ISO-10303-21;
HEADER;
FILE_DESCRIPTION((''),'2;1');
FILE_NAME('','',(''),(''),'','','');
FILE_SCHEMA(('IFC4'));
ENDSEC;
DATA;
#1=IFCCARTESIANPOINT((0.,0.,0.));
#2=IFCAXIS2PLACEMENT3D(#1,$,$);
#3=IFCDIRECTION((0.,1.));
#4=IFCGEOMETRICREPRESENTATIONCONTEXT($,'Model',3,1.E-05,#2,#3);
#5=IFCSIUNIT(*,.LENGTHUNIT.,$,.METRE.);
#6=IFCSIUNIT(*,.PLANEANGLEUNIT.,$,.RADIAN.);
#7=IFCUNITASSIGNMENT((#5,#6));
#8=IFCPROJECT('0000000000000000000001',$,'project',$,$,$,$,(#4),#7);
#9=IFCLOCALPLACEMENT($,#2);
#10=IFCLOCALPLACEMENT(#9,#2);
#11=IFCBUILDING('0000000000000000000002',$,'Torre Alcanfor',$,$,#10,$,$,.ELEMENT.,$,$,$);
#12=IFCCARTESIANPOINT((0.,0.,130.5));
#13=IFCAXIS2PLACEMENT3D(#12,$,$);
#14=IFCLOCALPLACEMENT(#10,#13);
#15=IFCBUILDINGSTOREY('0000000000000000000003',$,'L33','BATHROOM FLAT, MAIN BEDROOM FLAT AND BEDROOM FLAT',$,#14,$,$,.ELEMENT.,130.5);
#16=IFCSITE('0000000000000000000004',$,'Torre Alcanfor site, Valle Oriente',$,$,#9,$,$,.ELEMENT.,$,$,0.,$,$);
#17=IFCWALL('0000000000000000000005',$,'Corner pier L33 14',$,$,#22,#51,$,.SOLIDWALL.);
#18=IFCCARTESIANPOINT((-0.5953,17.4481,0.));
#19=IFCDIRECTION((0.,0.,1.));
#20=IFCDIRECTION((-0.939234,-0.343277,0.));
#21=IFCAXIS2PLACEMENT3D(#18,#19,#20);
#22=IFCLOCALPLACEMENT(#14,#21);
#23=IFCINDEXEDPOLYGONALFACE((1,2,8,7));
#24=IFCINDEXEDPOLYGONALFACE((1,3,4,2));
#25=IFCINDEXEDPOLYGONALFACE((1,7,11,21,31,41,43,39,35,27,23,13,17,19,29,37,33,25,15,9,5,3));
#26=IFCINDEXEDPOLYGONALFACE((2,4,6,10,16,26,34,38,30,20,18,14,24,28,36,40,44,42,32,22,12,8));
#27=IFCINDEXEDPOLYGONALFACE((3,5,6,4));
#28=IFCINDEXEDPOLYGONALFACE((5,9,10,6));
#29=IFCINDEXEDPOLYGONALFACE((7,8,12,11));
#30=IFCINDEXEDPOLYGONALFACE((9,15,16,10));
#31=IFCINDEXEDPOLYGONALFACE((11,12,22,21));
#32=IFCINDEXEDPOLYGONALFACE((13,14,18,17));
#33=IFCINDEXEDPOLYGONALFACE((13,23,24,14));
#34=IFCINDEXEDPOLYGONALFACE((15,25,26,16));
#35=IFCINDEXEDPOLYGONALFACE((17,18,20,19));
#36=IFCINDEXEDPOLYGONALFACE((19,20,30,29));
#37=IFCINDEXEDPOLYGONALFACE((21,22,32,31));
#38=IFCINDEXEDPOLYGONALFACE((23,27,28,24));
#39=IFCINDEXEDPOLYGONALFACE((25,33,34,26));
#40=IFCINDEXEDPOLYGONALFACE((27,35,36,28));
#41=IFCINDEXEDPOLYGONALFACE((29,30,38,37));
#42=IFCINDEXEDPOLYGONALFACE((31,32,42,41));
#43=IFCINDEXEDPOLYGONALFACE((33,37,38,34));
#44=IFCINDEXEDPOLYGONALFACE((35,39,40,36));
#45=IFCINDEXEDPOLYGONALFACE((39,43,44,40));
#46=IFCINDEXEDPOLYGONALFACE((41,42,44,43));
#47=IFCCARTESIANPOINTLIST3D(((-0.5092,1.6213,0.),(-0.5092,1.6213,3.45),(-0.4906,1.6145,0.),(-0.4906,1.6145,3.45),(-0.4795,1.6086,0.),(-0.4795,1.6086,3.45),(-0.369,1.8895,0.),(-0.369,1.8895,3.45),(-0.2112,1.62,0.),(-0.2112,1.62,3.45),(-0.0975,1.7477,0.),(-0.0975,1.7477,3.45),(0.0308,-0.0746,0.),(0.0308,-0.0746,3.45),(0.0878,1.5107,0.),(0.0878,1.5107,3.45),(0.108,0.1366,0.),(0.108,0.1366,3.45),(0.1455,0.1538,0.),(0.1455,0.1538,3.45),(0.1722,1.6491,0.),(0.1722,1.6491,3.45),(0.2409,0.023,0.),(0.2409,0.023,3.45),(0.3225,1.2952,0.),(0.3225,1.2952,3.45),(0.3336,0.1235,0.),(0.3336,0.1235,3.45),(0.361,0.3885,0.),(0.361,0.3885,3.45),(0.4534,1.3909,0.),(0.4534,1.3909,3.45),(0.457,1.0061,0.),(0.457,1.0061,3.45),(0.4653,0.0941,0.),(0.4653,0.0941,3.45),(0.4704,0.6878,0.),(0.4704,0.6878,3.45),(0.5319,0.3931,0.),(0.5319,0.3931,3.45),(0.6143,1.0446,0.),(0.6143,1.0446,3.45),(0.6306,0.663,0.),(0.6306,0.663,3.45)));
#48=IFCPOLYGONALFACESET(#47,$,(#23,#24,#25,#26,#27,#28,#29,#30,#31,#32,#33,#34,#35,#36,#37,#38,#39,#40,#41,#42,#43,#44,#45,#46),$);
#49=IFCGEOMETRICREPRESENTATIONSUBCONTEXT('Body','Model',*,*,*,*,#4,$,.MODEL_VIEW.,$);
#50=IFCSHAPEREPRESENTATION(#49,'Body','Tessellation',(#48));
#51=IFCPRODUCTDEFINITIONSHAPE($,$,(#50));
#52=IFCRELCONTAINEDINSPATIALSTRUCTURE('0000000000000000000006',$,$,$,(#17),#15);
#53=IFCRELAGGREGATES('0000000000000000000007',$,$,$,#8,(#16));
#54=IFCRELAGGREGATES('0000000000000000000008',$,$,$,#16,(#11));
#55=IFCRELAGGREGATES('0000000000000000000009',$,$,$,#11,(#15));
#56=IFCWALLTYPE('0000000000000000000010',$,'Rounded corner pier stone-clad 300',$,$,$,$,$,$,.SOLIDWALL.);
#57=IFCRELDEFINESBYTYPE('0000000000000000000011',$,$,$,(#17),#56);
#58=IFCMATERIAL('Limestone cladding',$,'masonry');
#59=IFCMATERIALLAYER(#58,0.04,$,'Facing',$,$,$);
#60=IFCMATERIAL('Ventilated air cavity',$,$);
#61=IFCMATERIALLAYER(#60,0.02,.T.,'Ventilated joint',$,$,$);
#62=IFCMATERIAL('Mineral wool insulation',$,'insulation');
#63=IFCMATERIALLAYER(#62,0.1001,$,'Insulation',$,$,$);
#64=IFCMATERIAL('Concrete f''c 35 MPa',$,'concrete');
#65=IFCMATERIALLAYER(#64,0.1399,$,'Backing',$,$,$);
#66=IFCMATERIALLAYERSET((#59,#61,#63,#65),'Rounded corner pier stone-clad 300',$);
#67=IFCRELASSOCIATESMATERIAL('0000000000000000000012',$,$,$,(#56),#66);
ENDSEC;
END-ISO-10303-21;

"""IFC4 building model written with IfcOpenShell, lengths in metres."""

from ifc_helpers import new_model, si_unit, direction, frame, origin, place, context, subcontext, project, spatial, polyline, outline, extrude, material, layer, layer_set, type_object, element, save


model = new_model("IFC4")

# Units and contexts
model_context = context("Model", 3, precision=1e-05, world=origin(), true_north=direction((0.0, 1.0)))
body_context = subcontext(model_context, "Body", "Model", "MODEL_VIEW")
ifc_project = project(units=[si_unit("LENGTHUNIT", "METRE"), si_unit("PLANEANGLEUNIT", "RADIAN")], contexts=[model_context])

# Site, building, storey
site_placement = place(None, origin())
site = spatial("IfcSite", under=ifc_project, at=site_placement, Name="Torre Alcanfor site, Valle Oriente", CompositionType="ELEMENT", RefElevation=0.0)
building_placement = place(site_placement, origin())
building = spatial("IfcBuilding", under=site, at=building_placement, Name="Torre Alcanfor", CompositionType="ELEMENT")
storey_placement = place(building_placement, frame((0.0, 0.0, 130.5)))
storey = spatial("IfcBuildingStorey", under=building, at=storey_placement, Name="L33", Description="BATHROOM FLAT, MAIN BEDROOM FLAT AND BEDROOM FLAT", CompositionType="ELEMENT", Elevation=130.5)

# Shared definitions
ifc_material_1 = material(Name="Limestone cladding", Category="masonry")
ifc_material_2 = material(Name="Ventilated air cavity")
ifc_material_3 = material(Name="Mineral wool insulation", Category="insulation")
ifc_material_4 = material(Name="Concrete f'c 35 MPa", Category="concrete")

# Wall
ifc_layer_1 = layer(ifc_material_1, 0.04, Name="Facing")
ifc_layer_2 = layer(ifc_material_2, 0.02, ventilated=True, Name="Ventilated joint")
ifc_layer_3 = layer(ifc_material_3, 0.1001, Name="Insulation")
ifc_layer_4 = layer(ifc_material_4, 0.1399, Name="Backing")
ifc_layer_set_1 = layer_set([ifc_layer_1, ifc_layer_2, ifc_layer_3, ifc_layer_4], Name="Rounded corner pier stone-clad 300")
wall_type_1 = type_object("IfcWallType", Name="Rounded corner pier stone-clad 300", PredefinedType="SOLIDWALL", material=ifc_layer_set_1)
wall_1_placement = place(storey_placement, frame((-0.5953, 17.4481, 0.0), z_axis=(0.0, 0.0, 1.0), x_axis=(-0.939234, -0.343277, 0.0)))
element("IfcWall", 1, at=wall_1_placement, inside=storey, type_object=wall_type_1, Name="Corner pier L33 14", PredefinedType="SOLIDWALL", context=body_context, shape_type="SweptSolid", body=[
    extrude(outline(polyline([(-0.369, 1.8895), (-0.5092, 1.6213), (-0.4906, 1.6145), (-0.4795, 1.6086), (-0.2112, 1.62), (0.0878, 1.5107), (0.3225, 1.2952), (0.457, 1.0061), (0.4704, 0.6878), (0.361, 0.3885), (0.1455, 0.1538), (0.108, 0.1366), (0.0308, -0.0746), (0.2409, 0.023), (0.3336, 0.1235), (0.4653, 0.0941), (0.5319, 0.3931), (0.6306, 0.663), (0.6143, 1.0446), (0.4534, 1.3909), (0.1722, 1.6491), (-0.0975, 1.7477), (-0.369, 1.8895)])), origin(), (0.0, 0.0, 1.0), 3.45),
])

save(model, "model.ifc")
